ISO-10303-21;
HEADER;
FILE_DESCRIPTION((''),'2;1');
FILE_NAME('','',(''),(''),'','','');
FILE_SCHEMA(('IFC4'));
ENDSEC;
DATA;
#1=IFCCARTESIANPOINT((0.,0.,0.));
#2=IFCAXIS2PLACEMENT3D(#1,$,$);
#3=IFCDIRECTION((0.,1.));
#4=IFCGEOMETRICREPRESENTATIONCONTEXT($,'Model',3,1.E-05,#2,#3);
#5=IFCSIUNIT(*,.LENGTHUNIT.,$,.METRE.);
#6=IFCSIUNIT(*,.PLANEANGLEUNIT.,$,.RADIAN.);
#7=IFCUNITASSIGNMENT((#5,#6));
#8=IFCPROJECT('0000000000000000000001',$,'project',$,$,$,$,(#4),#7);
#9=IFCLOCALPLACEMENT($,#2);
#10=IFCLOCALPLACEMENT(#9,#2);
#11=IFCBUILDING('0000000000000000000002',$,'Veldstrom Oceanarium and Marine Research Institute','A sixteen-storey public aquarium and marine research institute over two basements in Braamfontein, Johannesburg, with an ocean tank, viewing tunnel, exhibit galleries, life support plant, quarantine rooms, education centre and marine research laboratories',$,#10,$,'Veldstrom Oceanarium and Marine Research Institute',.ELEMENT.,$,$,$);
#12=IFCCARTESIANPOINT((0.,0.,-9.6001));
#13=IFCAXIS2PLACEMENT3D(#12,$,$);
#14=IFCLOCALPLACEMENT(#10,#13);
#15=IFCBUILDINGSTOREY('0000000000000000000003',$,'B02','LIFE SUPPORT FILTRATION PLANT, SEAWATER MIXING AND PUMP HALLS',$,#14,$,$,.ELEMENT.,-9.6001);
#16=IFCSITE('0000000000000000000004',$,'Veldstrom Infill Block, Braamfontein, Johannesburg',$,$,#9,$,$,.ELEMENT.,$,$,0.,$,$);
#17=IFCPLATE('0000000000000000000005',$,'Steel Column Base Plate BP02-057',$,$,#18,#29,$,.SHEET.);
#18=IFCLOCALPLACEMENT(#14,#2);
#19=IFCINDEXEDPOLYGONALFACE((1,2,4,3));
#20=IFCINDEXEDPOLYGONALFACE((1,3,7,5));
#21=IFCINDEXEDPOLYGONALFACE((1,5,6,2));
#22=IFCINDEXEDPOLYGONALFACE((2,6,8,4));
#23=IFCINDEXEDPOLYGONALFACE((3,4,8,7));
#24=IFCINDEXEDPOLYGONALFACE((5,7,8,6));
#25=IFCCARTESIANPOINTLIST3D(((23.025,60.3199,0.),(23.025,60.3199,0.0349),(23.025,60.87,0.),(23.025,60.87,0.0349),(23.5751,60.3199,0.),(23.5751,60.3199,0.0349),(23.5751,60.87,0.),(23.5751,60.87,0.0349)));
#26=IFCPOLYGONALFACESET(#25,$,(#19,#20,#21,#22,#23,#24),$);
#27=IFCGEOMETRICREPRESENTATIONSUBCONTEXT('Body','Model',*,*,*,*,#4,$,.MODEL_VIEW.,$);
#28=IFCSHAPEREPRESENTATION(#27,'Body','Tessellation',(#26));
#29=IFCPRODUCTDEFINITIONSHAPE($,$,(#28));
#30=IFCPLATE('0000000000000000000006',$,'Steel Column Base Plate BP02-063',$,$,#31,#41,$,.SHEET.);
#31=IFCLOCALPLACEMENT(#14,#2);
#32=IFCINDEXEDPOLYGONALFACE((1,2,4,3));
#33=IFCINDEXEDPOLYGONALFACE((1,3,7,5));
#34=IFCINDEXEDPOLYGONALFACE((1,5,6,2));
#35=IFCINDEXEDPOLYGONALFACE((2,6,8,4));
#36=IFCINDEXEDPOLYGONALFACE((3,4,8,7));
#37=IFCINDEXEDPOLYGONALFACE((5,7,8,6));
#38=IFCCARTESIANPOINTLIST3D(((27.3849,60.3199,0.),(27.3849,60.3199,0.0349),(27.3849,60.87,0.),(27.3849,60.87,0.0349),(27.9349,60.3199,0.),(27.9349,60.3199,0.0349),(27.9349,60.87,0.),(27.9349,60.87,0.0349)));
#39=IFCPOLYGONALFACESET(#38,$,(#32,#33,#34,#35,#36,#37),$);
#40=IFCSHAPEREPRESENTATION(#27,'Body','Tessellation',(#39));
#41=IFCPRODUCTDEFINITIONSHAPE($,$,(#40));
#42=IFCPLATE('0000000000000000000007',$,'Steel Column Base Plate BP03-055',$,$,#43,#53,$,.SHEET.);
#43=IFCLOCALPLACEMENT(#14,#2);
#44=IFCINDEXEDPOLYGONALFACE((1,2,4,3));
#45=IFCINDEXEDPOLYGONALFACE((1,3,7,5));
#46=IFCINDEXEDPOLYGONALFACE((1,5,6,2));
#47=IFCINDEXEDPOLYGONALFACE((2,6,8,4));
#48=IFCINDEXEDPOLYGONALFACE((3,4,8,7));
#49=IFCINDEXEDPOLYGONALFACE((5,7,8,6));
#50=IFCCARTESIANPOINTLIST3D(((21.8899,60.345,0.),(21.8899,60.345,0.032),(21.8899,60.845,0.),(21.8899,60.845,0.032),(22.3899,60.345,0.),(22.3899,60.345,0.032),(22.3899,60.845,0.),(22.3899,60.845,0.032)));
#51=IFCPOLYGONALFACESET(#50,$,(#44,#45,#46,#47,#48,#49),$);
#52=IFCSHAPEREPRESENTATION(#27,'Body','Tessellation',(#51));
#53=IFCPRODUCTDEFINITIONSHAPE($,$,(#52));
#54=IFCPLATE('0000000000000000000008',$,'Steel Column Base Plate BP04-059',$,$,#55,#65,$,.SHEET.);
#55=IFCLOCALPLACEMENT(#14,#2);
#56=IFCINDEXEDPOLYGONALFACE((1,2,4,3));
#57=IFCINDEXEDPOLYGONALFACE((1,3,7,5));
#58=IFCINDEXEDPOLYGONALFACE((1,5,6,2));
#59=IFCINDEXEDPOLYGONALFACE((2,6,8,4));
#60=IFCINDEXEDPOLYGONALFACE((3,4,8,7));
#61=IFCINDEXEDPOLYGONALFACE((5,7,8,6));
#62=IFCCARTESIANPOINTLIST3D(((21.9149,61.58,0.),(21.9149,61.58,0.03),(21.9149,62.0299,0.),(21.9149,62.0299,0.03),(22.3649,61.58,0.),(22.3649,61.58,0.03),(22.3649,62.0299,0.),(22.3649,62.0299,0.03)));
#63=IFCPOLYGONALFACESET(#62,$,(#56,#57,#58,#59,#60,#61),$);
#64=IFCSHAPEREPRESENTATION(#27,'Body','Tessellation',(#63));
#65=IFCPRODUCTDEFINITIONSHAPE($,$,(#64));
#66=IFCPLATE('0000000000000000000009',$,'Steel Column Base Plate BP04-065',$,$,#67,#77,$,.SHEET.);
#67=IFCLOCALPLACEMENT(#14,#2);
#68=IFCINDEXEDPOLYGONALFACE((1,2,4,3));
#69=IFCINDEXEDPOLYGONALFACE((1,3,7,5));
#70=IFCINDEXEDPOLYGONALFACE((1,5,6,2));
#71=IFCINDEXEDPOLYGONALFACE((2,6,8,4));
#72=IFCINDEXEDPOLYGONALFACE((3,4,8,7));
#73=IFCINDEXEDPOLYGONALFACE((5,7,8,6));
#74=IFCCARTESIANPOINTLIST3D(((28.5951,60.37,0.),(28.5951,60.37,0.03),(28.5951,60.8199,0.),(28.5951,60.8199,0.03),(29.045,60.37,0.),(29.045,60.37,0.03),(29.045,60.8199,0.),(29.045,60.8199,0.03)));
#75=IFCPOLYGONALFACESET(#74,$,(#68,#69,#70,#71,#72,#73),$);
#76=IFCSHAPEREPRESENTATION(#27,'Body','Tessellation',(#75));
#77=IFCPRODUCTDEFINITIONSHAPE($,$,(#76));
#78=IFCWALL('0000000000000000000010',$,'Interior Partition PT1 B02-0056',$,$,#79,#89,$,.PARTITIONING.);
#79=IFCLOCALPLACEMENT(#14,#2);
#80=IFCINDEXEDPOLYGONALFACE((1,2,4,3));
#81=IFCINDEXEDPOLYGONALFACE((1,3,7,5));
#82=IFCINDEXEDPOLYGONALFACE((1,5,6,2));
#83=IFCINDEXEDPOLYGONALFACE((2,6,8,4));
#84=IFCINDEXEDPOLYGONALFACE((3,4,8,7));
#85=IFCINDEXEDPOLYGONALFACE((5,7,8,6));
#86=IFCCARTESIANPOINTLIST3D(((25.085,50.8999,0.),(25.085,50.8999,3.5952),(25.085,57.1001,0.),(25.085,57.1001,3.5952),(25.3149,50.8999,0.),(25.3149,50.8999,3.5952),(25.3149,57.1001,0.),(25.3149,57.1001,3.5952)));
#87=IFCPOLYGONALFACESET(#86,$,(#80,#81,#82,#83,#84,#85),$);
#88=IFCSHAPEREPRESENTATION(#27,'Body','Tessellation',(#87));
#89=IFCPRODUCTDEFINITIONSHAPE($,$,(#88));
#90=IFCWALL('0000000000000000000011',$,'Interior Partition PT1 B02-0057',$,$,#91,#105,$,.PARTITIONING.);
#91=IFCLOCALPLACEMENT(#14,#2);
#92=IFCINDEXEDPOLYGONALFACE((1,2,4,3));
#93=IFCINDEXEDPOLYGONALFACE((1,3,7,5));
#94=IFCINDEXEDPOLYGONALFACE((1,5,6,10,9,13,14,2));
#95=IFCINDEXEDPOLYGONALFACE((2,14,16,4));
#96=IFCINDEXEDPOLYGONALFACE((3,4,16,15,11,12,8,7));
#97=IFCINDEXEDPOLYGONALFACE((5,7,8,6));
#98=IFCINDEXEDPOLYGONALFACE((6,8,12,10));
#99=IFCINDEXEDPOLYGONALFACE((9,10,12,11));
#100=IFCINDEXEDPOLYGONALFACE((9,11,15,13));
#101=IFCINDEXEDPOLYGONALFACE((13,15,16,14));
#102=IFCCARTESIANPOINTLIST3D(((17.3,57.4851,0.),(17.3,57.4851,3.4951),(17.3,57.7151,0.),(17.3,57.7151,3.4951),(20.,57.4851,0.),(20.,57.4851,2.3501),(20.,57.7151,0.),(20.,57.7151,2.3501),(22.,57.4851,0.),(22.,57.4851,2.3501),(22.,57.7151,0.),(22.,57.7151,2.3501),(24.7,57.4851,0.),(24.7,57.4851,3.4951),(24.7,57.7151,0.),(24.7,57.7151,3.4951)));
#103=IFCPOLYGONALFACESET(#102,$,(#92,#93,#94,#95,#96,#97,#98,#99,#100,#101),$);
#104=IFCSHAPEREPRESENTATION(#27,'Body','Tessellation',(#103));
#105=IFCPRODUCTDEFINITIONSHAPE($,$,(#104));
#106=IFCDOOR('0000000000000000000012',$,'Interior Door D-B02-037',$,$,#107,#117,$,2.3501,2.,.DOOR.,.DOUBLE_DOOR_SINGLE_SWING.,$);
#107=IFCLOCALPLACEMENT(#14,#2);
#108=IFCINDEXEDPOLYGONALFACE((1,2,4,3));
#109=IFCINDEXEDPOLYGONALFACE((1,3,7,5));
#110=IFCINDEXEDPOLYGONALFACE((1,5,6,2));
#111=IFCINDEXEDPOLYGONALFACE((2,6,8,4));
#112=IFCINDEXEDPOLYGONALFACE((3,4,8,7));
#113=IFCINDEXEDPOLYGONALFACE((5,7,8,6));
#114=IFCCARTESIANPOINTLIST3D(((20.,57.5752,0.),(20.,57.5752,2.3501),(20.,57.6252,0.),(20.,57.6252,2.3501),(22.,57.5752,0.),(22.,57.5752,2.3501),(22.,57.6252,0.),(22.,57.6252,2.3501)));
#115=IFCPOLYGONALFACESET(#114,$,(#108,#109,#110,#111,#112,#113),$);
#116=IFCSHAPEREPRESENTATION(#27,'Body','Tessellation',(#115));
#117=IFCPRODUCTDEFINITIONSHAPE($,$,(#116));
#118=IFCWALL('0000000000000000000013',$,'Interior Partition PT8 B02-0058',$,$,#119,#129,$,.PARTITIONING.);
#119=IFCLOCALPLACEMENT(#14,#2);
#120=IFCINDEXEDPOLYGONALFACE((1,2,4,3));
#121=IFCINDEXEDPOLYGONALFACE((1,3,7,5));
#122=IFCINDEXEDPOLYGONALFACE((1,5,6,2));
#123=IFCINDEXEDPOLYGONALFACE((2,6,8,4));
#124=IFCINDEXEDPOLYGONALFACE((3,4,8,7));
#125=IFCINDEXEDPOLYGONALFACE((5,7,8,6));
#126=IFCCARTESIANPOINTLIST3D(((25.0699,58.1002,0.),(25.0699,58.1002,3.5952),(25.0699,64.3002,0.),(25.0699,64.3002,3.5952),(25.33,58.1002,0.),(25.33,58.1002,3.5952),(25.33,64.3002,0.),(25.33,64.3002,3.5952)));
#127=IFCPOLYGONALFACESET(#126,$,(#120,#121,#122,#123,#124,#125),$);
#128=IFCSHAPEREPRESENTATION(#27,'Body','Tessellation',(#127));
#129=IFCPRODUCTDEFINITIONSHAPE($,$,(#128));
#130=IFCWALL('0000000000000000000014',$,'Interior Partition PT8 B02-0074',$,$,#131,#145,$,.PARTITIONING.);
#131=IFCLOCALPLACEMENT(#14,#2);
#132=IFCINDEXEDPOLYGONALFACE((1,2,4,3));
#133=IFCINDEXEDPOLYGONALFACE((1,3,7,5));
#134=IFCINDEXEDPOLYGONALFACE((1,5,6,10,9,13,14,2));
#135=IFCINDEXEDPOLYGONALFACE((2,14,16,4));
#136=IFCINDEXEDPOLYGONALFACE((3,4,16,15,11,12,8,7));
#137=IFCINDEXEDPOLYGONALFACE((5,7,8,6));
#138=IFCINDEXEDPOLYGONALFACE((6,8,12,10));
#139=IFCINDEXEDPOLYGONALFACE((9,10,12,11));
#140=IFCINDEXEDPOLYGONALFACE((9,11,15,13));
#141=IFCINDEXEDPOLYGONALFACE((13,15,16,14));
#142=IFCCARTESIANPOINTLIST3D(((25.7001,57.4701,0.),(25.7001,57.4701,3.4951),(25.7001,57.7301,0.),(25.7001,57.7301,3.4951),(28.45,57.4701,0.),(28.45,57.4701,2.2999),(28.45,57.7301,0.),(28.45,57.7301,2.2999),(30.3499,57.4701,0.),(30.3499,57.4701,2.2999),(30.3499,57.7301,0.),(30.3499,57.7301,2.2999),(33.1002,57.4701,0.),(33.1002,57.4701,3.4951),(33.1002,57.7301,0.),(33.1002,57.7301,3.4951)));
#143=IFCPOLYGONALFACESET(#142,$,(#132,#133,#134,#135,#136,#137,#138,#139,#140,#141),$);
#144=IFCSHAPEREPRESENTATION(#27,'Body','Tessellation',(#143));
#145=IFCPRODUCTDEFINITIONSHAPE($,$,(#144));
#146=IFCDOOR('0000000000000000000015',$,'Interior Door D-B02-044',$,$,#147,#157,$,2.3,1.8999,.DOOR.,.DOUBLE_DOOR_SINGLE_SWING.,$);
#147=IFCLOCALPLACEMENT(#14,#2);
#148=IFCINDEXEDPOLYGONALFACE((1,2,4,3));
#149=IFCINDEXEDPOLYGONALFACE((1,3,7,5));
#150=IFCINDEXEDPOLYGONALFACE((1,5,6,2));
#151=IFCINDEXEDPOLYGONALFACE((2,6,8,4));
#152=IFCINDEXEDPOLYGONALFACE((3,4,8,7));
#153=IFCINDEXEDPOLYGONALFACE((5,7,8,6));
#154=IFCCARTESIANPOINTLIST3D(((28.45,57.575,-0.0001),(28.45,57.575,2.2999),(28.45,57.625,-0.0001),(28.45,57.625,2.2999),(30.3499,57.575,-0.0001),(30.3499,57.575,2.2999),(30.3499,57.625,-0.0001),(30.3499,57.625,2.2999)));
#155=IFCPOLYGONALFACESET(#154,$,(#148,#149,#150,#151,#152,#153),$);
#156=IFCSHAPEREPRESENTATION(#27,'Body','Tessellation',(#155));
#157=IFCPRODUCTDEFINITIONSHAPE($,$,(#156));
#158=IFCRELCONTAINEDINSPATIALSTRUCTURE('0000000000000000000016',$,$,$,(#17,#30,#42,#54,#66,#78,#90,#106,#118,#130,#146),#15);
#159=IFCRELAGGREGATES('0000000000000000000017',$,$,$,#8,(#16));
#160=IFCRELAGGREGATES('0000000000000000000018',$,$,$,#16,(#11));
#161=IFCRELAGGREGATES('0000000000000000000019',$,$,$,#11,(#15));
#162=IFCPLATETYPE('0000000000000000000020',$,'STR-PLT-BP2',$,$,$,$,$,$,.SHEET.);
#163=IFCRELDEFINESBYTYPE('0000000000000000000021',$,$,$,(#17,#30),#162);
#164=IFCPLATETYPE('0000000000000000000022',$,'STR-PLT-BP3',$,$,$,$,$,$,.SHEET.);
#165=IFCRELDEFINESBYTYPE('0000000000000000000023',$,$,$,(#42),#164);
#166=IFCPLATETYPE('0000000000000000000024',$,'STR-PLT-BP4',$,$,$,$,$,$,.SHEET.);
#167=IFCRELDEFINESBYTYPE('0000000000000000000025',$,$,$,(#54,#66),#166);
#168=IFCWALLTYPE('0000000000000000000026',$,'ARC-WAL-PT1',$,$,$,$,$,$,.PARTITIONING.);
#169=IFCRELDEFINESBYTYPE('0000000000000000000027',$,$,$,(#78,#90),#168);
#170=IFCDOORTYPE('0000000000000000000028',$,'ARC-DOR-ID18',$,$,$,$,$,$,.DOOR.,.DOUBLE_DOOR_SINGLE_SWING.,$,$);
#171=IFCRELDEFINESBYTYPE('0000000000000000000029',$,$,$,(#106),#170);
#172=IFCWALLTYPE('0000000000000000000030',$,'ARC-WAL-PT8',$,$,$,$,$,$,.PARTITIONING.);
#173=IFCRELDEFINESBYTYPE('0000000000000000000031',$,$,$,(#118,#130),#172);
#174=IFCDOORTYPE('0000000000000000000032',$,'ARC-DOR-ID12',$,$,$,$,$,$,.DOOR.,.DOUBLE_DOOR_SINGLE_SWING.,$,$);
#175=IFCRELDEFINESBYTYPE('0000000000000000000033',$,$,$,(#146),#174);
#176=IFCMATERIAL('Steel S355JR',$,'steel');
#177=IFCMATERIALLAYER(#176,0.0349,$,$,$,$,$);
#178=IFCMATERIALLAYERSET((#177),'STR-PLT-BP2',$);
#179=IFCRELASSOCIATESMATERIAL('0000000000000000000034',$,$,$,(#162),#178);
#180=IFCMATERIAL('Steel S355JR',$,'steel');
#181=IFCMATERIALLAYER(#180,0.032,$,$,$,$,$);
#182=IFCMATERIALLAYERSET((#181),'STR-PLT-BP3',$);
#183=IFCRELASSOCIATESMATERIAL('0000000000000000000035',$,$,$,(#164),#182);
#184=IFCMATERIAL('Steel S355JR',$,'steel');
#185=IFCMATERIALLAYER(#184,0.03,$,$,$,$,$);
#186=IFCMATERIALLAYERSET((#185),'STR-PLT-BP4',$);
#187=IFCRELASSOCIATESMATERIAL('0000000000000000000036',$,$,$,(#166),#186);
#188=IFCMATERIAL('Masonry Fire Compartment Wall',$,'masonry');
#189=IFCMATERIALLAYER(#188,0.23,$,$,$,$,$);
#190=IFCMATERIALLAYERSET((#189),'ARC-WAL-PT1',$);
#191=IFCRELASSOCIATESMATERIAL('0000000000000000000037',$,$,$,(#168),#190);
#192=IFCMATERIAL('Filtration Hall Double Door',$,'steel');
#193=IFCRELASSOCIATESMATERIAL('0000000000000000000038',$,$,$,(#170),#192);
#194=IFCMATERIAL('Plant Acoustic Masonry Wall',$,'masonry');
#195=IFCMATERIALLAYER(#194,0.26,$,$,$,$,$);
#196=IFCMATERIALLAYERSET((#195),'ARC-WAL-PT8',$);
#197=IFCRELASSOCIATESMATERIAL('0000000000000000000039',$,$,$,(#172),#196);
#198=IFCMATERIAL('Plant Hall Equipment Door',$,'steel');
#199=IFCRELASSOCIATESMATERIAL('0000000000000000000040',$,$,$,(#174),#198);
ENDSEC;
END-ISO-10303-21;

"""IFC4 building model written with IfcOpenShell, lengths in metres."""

from ifc_helpers import new_model, si_unit, direction, frame, frame_2d, origin, origin_2d, place, context, subcontext, project, spatial, rectangle, extrude, material, layer, layer_set, type_object, element, fill, save


model = new_model("IFC4")

# Units and contexts
model_context = context("Model", 3, precision=1e-05, world=origin(), true_north=direction((0.0, 1.0)))
body_context = subcontext(model_context, "Body", "Model", "MODEL_VIEW")
ifc_project = project(units=[si_unit("LENGTHUNIT", "METRE"), si_unit("PLANEANGLEUNIT", "RADIAN")], contexts=[model_context])

# Site, building, storey
site_placement = place(None, origin())
site = spatial("IfcSite", under=ifc_project, at=site_placement, Name="Veldstrom Infill Block, Braamfontein, Johannesburg", CompositionType="ELEMENT", RefElevation=0.0)
building_placement = place(site_placement, origin())
building = spatial("IfcBuilding", under=site, at=building_placement, Name="Veldstrom Oceanarium and Marine Research Institute", Description="A sixteen-storey public aquarium and marine research institute over two basements in Braamfontein, Johannesburg, with an ocean tank, viewing tunnel, exhibit galleries, life support plant, quarantine rooms, education centre and marine research laboratories", LongName="Veldstrom Oceanarium and Marine Research Institute", CompositionType="ELEMENT")
storey_placement = place(building_placement, frame((0.0, 0.0, -9.6001)))
storey = spatial("IfcBuildingStorey", under=building, at=storey_placement, Name="B02", Description="LIFE SUPPORT FILTRATION PLANT, SEAWATER MIXING AND PUMP HALLS", CompositionType="ELEMENT", Elevation=-9.6001)

# Plates
ifc_material_1 = material(Name="Steel S355JR", Category="steel")
ifc_layer_1 = layer(ifc_material_1, 0.0349)
ifc_layer_set_1 = layer_set([ifc_layer_1], Name="STR-PLT-BP2")
plate_type_1 = type_object("IfcPlateType", Name="STR-PLT-BP2", PredefinedType="SHEET", material=ifc_layer_set_1)
for number, where, z_axis, x_axis, name in (
    (1, (23.3, 60.595, 0.0), (0.0, 0.0, 1.0), (1.0, 0.0, 0.0), "Steel Column Base Plate BP02-057"),
    (2, (27.6599, 60.595, 0.0), (0.0, 0.0, 1.0), (1.0, 0.0, 0.0), "Steel Column Base Plate BP02-063"),
):
    element("IfcPlate", number, at=place(storey_placement, frame(where, z_axis=z_axis, x_axis=x_axis)), inside=storey, type_object=plate_type_1, Name=name, PredefinedType="SHEET", context=body_context, shape_type="SweptSolid", body=[
        extrude(rectangle(XDim=0.55, YDim=0.55, at=origin_2d()), origin(), (0.0, 0.0, 1.0), 0.0349),
    ])
ifc_material_2 = material(Name="Steel S355JR", Category="steel")
ifc_layer_2 = layer(ifc_material_2, 0.032)
ifc_layer_set_2 = layer_set([ifc_layer_2], Name="STR-PLT-BP3")
plate_type_2 = type_object("IfcPlateType", Name="STR-PLT-BP3", PredefinedType="SHEET", material=ifc_layer_set_2)
plate_placement = place(storey_placement, frame((22.1399, 60.595, 0.0), z_axis=(0.0, 0.0, 1.0), x_axis=(1.0, 0.0, 0.0)))
element("IfcPlate", 3, at=plate_placement, inside=storey, type_object=plate_type_2, Name="Steel Column Base Plate BP03-055", PredefinedType="SHEET", context=body_context, shape_type="SweptSolid", body=[
    extrude(rectangle(XDim=0.5, YDim=0.5, at=origin_2d()), origin(), (0.0, 0.0, 1.0), 0.032),
])
ifc_material_3 = material(Name="Steel S355JR", Category="steel")
ifc_layer_3 = layer(ifc_material_3, 0.03)
ifc_layer_set_3 = layer_set([ifc_layer_3], Name="STR-PLT-BP4")
plate_type_3 = type_object("IfcPlateType", Name="STR-PLT-BP4", PredefinedType="SHEET", material=ifc_layer_set_3)
for number, where, z_axis, x_axis, name in (
    (4, (22.1399, 61.8049, 0.0), (0.0, 0.0, 1.0), (1.0, 0.0, 0.0), "Steel Column Base Plate BP04-059"),
    (5, (28.8201, 60.595, 0.0), (0.0, 0.0, 1.0), (1.0, 0.0, 0.0), "Steel Column Base Plate BP04-065"),
):
    element("IfcPlate", number, at=place(storey_placement, frame(where, z_axis=z_axis, x_axis=x_axis)), inside=storey, type_object=plate_type_3, Name=name, PredefinedType="SHEET", context=body_context, shape_type="SweptSolid", body=[
        extrude(rectangle(XDim=0.45, YDim=0.45, at=origin_2d()), origin(), (0.0, 0.0, 1.0), 0.03),
    ])

# Wall
ifc_material_4 = material(Name="Masonry Fire Compartment Wall", Category="masonry")
ifc_layer_4 = layer(ifc_material_4, 0.23)
ifc_layer_set_4 = layer_set([ifc_layer_4], Name="ARC-WAL-PT1")
wall_type_1 = type_object("IfcWallType", Name="ARC-WAL-PT1", PredefinedType="PARTITIONING", material=ifc_layer_set_4)
wall_1_placement = place(storey_placement, frame((25.2, 50.8999, 0.0), z_axis=(0.0, 0.0, 1.0), x_axis=(0.0, 1.0, 0.0)))
element("IfcWall", 6, at=wall_1_placement, inside=storey, type_object=wall_type_1, Name="Interior Partition PT1 B02-0056", PredefinedType="PARTITIONING", context=body_context, shape_type="SweptSolid", body=[
    extrude(rectangle(XDim=6.2002, YDim=0.23, at=frame_2d((3.1001, 0.0))), origin(), (0.0, 0.0, 1.0), 3.5952),
])

# Wall, opening, door
wall_2_placement = place(storey_placement, frame((17.3, 57.6001, 0.0), z_axis=(0.0, 0.0, 1.0), x_axis=(1.0, 0.0, 0.0)))
wall_2 = element("IfcWall", 7, at=wall_2_placement, inside=storey, type_object=wall_type_1, Name="Interior Partition PT1 B02-0057", PredefinedType="PARTITIONING", context=body_context, shape_type="SweptSolid", body=[
    extrude(rectangle(XDim=7.3999, YDim=0.23, at=frame_2d((3.7, 0.0))), origin(), (0.0, 0.0, 1.0), 3.4951),
])
opening_1_placement = place(wall_2_placement, frame((2.7, 0.0, 0.0)))
opening_1 = element("IfcOpeningElement", 8, at=opening_1_placement, cuts=wall_2, PredefinedType="OPENING", context=body_context, shape_type="SweptSolid", body=[
    extrude(rectangle(XDim=2.0, YDim=2.3501, at=frame_2d((1.0, 1.175))), frame((0.0, 0.125, 0.0), z_axis=(0.0, -1.0, 0.0), x_axis=(1.0, 0.0, 0.0)), (0.0, 0.0, 1.0), 0.25),
])
ifc_material_5 = material(Name="Filtration Hall Double Door", Category="steel")
door_type_1 = type_object("IfcDoorType", Name="ARC-DOR-ID18", OperationType="DOUBLE_DOOR_SINGLE_SWING", PredefinedType="DOOR", material=ifc_material_5)
door_1_placement = place(opening_1_placement, frame((2.0, 0.0, 0.0), z_axis=(0.0, 0.0, 1.0), x_axis=(-1.0, 0.0, 0.0)))
door_1 = element("IfcDoor", 9, at=door_1_placement, inside=storey, type_object=door_type_1, Name="Interior Door D-B02-037", OperationType="DOUBLE_DOOR_SINGLE_SWING", OverallHeight=2.3501, OverallWidth=2.0, PredefinedType="DOOR", context=body_context, shape_type="SweptSolid", body=[
    extrude(rectangle(XDim=2.0, YDim=2.3501, at=frame_2d((1.0, 1.175))), frame((0.0, 0.0249, 0.0), z_axis=(0.0, -1.0, 0.0), x_axis=(1.0, 0.0, 0.0)), (0.0, 0.0, 1.0), 0.05),
])
fill(opening_1, door_1)

# Wall
ifc_material_6 = material(Name="Plant Acoustic Masonry Wall", Category="masonry")
ifc_layer_5 = layer(ifc_material_6, 0.26)
ifc_layer_set_5 = layer_set([ifc_layer_5], Name="ARC-WAL-PT8")
wall_type_2 = type_object("IfcWallType", Name="ARC-WAL-PT8", PredefinedType="PARTITIONING", material=ifc_layer_set_5)
wall_3_placement = place(storey_placement, frame((25.2, 58.1001, 0.0), z_axis=(0.0, 0.0, 1.0), x_axis=(0.0, 1.0, 0.0)))
element("IfcWall", 10, at=wall_3_placement, inside=storey, type_object=wall_type_2, Name="Interior Partition PT8 B02-0058", PredefinedType="PARTITIONING", context=body_context, shape_type="SweptSolid", body=[
    extrude(rectangle(XDim=6.2, YDim=0.26, at=frame_2d((3.1001, 0.0))), origin(), (0.0, 0.0, 1.0), 3.5952),
])

# Wall, opening, door
wall_4_placement = place(storey_placement, frame((25.7, 57.6001, 0.0), z_axis=(0.0, 0.0, 1.0), x_axis=(1.0, 0.0, 0.0)))
wall_4 = element("IfcWall", 11, at=wall_4_placement, inside=storey, type_object=wall_type_2, Name="Interior Partition PT8 B02-0074", PredefinedType="PARTITIONING", context=body_context, shape_type="SweptSolid", body=[
    extrude(rectangle(XDim=7.4001, YDim=0.26, at=frame_2d((3.7002, 0.0))), origin(), (0.0, 0.0, 1.0), 3.4951),
])
opening_2_placement = place(wall_4_placement, frame((2.75, 0.0, 0.0)))
opening_2 = element("IfcOpeningElement", 12, at=opening_2_placement, cuts=wall_4, PredefinedType="OPENING", context=body_context, shape_type="SweptSolid", body=[
    extrude(rectangle(XDim=1.8999, YDim=2.3, at=frame_2d((0.95, 1.1499))), frame((0.0, 0.1399, 0.0), z_axis=(0.0, -1.0, 0.0), x_axis=(1.0, 0.0, 0.0)), (0.0, 0.0, 1.0), 0.28),
])
ifc_material_7 = material(Name="Plant Hall Equipment Door", Category="steel")
door_type_2 = type_object("IfcDoorType", Name="ARC-DOR-ID12", OperationType="DOUBLE_DOOR_SINGLE_SWING", PredefinedType="DOOR", material=ifc_material_7)
door_2_placement = place(opening_2_placement, origin())
door_2 = element("IfcDoor", 13, at=door_2_placement, inside=storey, type_object=door_type_2, Name="Interior Door D-B02-044", OperationType="DOUBLE_DOOR_SINGLE_SWING", OverallHeight=2.3, OverallWidth=1.8999, PredefinedType="DOOR", context=body_context, shape_type="SweptSolid", body=[
    extrude(rectangle(XDim=1.8999, YDim=2.3, at=frame_2d((0.95, 1.1499))), frame((0.0, 0.0249, 0.0), z_axis=(0.0, -1.0, 0.0), x_axis=(1.0, 0.0, 0.0)), (0.0, 0.0, 1.0), 0.05),
])
fill(opening_2, door_2)

save(model, "model.ifc")
